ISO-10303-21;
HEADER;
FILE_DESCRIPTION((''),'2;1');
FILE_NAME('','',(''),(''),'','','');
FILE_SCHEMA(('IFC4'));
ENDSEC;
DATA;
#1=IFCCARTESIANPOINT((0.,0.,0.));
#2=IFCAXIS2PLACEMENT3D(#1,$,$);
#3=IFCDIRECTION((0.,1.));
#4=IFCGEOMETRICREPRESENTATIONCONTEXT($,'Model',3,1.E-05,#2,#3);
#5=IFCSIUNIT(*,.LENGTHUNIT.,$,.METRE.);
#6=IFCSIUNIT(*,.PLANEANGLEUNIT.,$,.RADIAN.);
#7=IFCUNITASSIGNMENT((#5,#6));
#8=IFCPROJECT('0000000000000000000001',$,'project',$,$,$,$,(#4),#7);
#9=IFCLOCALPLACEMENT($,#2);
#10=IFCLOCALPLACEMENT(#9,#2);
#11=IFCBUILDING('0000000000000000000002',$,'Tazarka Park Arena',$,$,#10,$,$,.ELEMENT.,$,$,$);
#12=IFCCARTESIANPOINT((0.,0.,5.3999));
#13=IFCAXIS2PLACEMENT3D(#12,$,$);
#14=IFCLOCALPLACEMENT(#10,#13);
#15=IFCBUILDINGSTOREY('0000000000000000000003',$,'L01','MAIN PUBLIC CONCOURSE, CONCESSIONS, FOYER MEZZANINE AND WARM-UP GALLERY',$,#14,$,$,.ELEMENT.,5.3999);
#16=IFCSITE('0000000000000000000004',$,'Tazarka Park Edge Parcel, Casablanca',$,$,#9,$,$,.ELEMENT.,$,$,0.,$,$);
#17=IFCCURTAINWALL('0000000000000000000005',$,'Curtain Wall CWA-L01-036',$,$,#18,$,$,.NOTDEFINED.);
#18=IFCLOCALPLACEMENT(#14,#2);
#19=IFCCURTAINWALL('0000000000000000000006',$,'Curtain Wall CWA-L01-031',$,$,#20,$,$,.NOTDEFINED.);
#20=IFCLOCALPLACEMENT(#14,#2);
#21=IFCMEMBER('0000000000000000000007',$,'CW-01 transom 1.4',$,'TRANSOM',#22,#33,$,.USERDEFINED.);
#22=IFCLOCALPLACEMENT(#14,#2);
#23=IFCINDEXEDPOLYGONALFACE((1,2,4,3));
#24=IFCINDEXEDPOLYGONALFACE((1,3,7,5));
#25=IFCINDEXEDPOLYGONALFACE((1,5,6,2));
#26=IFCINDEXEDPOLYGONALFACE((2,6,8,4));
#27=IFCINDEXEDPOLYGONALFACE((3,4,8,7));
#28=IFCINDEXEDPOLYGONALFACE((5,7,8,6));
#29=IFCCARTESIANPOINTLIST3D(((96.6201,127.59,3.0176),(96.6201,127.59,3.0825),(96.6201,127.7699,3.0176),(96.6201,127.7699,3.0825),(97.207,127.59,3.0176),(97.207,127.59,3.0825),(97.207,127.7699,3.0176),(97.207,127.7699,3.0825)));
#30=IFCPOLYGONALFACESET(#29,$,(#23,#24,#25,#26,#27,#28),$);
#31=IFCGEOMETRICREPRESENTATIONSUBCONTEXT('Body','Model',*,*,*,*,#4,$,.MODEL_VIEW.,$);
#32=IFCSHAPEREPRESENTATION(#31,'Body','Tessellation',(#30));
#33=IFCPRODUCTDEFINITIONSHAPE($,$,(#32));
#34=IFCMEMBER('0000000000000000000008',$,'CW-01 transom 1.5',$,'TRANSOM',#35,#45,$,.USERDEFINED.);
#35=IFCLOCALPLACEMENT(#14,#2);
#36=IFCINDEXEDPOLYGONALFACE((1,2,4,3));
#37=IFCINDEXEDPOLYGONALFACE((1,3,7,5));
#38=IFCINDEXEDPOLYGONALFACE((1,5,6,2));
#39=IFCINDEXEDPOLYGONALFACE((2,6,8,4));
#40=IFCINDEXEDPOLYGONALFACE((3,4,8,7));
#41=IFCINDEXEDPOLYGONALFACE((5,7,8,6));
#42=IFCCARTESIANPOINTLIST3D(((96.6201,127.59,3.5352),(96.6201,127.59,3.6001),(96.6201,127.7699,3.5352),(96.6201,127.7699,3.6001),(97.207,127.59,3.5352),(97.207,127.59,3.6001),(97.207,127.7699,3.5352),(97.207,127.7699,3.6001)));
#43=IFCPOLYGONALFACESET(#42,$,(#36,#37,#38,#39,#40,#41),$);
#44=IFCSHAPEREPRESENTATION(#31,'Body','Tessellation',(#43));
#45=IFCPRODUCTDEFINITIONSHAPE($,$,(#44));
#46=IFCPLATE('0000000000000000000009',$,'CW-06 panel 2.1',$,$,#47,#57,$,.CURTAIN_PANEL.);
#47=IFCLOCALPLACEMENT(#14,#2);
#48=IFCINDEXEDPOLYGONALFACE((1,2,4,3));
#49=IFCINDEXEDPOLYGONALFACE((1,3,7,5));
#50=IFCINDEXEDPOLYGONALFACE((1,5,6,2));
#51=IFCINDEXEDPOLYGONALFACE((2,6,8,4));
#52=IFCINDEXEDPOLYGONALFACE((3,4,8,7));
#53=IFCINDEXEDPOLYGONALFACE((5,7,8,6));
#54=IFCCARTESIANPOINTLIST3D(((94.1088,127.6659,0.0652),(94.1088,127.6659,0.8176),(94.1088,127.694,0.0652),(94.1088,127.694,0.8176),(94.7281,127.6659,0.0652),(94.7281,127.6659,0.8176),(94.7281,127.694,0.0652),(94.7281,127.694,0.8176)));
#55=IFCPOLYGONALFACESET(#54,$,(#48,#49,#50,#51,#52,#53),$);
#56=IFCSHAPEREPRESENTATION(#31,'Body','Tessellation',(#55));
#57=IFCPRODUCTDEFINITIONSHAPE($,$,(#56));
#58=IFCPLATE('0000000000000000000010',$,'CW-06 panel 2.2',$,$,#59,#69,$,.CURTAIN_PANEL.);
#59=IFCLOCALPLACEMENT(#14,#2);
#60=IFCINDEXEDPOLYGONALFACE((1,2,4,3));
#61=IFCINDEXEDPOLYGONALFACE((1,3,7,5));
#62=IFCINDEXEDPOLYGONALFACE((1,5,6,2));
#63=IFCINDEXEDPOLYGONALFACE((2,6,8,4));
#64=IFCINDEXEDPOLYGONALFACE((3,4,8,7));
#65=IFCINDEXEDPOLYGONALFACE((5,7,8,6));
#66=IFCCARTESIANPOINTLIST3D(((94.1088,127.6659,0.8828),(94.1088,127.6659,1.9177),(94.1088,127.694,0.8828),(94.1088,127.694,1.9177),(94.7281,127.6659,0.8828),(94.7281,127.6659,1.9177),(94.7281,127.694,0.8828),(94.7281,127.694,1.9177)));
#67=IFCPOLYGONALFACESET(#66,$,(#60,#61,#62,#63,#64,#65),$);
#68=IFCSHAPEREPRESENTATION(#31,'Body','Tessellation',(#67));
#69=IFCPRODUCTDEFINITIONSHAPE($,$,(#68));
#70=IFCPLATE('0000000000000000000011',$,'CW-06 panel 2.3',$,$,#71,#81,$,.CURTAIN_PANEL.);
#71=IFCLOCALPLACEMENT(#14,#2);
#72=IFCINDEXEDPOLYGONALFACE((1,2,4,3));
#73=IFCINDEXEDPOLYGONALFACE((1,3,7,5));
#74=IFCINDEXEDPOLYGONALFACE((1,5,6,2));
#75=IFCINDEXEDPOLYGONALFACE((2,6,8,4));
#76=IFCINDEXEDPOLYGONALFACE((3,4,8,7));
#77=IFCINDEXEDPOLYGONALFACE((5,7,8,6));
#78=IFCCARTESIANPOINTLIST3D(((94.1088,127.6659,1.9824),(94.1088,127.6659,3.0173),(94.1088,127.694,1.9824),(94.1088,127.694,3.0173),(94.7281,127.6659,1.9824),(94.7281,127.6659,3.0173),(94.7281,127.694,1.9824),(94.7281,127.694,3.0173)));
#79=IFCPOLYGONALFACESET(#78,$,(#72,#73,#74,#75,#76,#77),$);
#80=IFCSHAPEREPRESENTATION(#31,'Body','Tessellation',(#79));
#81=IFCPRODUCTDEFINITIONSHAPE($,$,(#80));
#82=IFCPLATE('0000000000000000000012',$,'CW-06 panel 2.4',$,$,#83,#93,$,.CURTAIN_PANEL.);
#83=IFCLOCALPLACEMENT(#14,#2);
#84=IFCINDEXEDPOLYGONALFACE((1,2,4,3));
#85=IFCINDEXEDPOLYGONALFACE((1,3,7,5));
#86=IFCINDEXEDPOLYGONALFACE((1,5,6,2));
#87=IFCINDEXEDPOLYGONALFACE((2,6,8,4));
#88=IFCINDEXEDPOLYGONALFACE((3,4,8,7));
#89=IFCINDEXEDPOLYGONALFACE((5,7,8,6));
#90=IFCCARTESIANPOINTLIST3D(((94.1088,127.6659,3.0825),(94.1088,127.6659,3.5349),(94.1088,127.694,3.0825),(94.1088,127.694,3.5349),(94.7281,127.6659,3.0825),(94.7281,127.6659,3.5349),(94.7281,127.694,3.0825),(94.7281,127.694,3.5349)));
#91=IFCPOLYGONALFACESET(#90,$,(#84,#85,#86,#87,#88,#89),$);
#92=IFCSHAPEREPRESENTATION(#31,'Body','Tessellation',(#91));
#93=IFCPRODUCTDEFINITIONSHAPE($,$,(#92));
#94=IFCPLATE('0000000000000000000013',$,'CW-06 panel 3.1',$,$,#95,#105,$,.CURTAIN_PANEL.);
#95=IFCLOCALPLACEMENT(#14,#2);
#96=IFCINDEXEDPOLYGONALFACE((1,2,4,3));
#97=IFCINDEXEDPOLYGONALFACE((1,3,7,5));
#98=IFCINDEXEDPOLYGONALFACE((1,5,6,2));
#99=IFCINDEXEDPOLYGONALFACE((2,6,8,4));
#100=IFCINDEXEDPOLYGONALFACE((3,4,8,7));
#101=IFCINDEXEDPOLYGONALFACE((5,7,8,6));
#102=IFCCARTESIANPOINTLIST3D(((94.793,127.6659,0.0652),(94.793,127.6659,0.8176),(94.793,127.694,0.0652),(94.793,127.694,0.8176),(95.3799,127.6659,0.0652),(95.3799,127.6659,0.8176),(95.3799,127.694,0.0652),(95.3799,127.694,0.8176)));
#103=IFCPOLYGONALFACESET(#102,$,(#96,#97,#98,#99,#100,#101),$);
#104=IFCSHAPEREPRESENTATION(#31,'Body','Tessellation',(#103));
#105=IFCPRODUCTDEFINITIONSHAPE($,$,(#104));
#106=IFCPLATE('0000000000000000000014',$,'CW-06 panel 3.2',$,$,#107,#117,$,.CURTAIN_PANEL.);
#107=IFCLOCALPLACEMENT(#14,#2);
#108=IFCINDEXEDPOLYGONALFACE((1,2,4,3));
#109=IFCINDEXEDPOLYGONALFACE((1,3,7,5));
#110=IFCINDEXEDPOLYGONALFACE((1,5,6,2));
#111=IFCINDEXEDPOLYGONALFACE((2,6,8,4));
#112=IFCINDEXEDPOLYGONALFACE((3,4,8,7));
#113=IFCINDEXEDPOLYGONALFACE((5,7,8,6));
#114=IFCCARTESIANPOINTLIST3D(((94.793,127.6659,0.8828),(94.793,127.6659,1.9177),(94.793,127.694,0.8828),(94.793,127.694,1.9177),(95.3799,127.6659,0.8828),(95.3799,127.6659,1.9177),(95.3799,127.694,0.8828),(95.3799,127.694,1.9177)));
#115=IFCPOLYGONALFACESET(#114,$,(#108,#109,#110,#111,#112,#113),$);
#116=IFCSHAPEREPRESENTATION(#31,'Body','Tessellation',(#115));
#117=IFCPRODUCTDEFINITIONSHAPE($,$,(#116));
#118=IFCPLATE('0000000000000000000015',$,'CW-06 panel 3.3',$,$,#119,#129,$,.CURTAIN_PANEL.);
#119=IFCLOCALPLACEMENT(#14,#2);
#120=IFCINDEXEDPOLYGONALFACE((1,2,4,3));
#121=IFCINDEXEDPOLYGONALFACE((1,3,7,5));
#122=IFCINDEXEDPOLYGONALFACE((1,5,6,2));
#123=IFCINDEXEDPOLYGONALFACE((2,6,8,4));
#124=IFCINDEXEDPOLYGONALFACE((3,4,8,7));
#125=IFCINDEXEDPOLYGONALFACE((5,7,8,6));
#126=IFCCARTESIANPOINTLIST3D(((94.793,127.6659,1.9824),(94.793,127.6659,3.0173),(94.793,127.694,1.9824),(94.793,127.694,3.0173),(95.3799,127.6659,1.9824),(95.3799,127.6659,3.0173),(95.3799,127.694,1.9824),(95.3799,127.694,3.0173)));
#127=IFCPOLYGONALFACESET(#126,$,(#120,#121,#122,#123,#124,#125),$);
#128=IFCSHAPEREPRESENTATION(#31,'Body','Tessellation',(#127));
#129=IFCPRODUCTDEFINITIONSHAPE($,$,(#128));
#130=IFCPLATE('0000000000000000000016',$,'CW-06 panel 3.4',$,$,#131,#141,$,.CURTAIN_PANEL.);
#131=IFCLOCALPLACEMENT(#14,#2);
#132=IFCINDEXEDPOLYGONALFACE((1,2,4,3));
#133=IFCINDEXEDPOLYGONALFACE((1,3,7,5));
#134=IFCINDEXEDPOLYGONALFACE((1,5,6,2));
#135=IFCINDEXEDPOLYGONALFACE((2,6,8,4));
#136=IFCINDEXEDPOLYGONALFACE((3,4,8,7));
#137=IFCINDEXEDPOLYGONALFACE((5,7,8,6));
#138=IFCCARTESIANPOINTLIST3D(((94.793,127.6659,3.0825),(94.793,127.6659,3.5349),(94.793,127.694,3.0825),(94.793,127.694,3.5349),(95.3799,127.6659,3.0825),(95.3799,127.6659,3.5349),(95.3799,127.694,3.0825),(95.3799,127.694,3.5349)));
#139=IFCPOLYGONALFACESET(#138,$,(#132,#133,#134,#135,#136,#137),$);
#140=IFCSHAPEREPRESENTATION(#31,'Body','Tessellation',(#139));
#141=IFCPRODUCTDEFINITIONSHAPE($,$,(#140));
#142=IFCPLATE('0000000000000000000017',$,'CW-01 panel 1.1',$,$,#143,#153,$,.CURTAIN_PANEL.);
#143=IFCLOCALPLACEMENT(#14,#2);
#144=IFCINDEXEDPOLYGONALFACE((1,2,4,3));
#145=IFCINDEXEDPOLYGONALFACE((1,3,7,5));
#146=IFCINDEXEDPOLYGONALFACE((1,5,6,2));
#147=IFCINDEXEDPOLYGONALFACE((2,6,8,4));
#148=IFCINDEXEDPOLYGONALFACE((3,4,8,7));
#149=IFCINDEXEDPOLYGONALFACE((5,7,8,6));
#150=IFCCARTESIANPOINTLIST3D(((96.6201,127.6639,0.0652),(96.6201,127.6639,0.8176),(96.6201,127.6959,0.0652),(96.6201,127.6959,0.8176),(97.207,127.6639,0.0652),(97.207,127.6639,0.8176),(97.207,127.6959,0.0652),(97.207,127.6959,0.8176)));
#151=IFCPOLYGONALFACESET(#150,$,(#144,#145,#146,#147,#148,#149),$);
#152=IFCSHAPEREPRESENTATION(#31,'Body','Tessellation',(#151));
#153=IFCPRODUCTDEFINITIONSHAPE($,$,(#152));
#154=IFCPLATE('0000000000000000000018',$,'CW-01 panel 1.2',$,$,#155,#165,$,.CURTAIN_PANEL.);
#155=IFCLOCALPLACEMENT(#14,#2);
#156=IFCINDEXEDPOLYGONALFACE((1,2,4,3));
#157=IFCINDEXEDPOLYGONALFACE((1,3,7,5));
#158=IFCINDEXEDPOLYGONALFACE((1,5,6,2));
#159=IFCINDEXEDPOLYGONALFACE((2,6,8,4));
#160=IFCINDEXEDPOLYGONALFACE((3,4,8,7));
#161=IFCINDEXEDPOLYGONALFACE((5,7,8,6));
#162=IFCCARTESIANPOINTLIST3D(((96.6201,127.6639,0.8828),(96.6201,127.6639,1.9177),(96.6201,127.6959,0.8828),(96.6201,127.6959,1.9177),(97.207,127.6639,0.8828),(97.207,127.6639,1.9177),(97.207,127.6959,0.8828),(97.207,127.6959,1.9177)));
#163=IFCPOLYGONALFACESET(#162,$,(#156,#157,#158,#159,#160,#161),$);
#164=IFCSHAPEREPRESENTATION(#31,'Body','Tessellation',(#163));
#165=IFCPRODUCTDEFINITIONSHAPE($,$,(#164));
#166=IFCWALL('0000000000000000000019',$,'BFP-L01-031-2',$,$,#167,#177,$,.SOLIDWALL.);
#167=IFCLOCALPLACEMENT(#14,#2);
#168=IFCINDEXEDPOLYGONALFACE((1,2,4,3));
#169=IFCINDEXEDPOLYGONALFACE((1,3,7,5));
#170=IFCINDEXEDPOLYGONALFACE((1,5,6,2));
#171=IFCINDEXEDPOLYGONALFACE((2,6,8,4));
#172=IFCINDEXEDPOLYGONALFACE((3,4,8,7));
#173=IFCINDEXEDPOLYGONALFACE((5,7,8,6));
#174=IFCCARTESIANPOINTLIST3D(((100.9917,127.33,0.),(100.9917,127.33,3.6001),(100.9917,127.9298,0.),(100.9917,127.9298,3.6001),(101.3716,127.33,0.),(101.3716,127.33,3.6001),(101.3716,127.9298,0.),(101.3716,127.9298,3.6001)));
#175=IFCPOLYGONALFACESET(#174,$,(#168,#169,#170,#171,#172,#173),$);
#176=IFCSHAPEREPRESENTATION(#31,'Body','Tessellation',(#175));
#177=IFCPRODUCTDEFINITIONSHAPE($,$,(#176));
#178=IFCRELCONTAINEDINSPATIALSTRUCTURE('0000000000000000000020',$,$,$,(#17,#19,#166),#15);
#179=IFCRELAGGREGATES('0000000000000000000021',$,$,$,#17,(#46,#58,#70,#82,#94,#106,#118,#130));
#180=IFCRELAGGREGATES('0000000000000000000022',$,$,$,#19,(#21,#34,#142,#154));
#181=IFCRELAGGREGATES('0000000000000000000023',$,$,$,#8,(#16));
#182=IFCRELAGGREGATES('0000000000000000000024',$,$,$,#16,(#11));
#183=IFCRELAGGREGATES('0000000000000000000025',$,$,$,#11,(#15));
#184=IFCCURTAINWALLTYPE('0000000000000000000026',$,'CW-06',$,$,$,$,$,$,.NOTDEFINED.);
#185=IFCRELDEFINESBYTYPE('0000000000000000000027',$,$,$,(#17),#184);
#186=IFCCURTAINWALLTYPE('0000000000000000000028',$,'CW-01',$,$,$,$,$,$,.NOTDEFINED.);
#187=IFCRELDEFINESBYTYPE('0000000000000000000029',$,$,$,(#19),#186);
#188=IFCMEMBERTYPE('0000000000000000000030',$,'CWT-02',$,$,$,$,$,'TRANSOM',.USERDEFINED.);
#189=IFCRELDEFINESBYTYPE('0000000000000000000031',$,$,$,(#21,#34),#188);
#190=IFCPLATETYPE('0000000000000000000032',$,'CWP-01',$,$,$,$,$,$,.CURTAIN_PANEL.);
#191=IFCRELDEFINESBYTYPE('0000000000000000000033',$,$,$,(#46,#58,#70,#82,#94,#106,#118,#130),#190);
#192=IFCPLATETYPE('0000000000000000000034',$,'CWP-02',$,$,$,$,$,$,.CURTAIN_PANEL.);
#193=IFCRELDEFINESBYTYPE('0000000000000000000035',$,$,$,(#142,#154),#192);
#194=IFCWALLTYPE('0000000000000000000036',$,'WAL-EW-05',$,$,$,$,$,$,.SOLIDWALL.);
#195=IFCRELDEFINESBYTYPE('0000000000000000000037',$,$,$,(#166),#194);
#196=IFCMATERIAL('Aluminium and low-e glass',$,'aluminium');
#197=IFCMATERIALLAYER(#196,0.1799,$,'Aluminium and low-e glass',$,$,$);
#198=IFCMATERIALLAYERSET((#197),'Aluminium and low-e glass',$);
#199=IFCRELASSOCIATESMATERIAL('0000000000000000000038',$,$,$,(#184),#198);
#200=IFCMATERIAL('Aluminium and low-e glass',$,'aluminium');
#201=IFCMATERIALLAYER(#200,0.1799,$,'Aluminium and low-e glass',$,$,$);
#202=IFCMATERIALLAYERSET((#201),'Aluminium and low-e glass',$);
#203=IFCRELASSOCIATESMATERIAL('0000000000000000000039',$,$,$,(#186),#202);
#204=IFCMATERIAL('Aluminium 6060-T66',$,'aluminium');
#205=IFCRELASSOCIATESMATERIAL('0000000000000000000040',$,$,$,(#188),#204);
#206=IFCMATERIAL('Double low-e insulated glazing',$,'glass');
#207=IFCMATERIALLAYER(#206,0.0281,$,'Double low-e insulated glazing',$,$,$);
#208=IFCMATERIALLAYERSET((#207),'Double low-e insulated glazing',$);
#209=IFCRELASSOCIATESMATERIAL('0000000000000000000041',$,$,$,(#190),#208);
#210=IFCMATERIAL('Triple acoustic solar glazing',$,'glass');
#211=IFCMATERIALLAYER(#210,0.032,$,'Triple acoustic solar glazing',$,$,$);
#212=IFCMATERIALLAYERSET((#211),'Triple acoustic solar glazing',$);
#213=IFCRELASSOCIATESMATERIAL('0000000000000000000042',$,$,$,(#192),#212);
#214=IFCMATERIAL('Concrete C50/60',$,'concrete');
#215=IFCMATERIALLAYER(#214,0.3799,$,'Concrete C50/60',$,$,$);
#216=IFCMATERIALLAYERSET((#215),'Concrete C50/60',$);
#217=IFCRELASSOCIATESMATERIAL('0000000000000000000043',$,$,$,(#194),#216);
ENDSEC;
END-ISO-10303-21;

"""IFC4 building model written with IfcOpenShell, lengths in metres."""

from ifc_helpers import new_model, si_unit, direction, frame, frame_2d, origin, origin_2d, place, context, subcontext, project, spatial, rectangle, extrude, material, layer, layer_set, material_profile, profile_set, type_object, element, aggregate, save


model = new_model("IFC4")

# Units and contexts
model_context = context("Model", 3, precision=1e-05, world=origin(), true_north=direction((0.0, 1.0)))
body_context = subcontext(model_context, "Body", "Model", "MODEL_VIEW")
ifc_project = project(units=[si_unit("LENGTHUNIT", "METRE"), si_unit("PLANEANGLEUNIT", "RADIAN")], contexts=[model_context])

# Site, building, storey
site_placement = place(None, origin())
site = spatial("IfcSite", under=ifc_project, at=site_placement, Name="Tazarka Park Edge Parcel, Casablanca", CompositionType="ELEMENT", RefElevation=0.0)
building_placement = place(site_placement, origin())
building = spatial("IfcBuilding", under=site, at=building_placement, Name="Tazarka Park Arena", CompositionType="ELEMENT")
storey_placement = place(building_placement, frame((0.0, 0.0, 5.3999)))
storey = spatial("IfcBuildingStorey", under=building, at=storey_placement, Name="L01", Description="MAIN PUBLIC CONCOURSE, CONCESSIONS, FOYER MEZZANINE AND WARM-UP GALLERY", CompositionType="ELEMENT", Elevation=5.3999)

# Curtain wall
ifc_material_1 = material(Name="Aluminium and low-e glass", Category="aluminium")
ifc_layer_1 = layer(ifc_material_1, 0.1799, Name="Aluminium and low-e glass")
ifc_layer_set_1 = layer_set([ifc_layer_1], Name="Aluminium and low-e glass")
curtain_wall_type_1 = type_object("IfcCurtainWallType", Name="CW-06", PredefinedType="NOTDEFINED", material=ifc_layer_set_1)
curtain_wall_1_placement = place(storey_placement, origin())
curtain_wall_1 = element("IfcCurtainWall", 1, at=curtain_wall_1_placement, inside=storey, type_object=curtain_wall_type_1, Name="Curtain Wall CWA-L01-036", PredefinedType="NOTDEFINED")

# Curtain wall
ifc_material_2 = material(Name="Aluminium and low-e glass", Category="aluminium")
ifc_layer_2 = layer(ifc_material_2, 0.1799, Name="Aluminium and low-e glass")
ifc_layer_set_2 = layer_set([ifc_layer_2], Name="Aluminium and low-e glass")
curtain_wall_type_2 = type_object("IfcCurtainWallType", Name="CW-01", PredefinedType="NOTDEFINED", material=ifc_layer_set_2)
curtain_wall_2_placement = place(storey_placement, origin())
curtain_wall_2 = element("IfcCurtainWall", 2, at=curtain_wall_2_placement, inside=storey, type_object=curtain_wall_type_2, Name="Curtain Wall CWA-L01-031", PredefinedType="NOTDEFINED")

# Members
ifc_material_3 = material(Name="Aluminium 6060-T66", Category="aluminium")
ifc_material_profile_1 = material_profile(ifc_material_3, rectangle(XDim=0.1799, YDim=0.0649, at=origin_2d()), Name="Aluminium 6060-T66")
ifc_profile_set_1 = profile_set([ifc_material_profile_1], Name="Aluminium 6060-T66")
member_type_1 = type_object("IfcMemberType", Name="CWT-02", ElementType="TRANSOM", PredefinedType="USERDEFINED", material=ifc_profile_set_1)
member_1_placement = place(storey_placement, frame((96.6201, 127.6799, 3.05), z_axis=(1.0, 0.0, 0.0), x_axis=(0.0, 1.0, 0.0)))
member_1 = element("IfcMember", 3, at=member_1_placement, type_object=member_type_1, Name="CW-01 transom 1.4", ObjectType="TRANSOM", PredefinedType="USERDEFINED", context=body_context, shape_type="SweptSolid", body=[
    extrude(rectangle(XDim=0.1799, YDim=0.0649, at=origin_2d()), origin(), (0.0, 0.0, 1.0), 0.5869),
])
member_2_placement = place(storey_placement, frame((96.6201, 127.6799, 3.5676), z_axis=(1.0, 0.0, 0.0), x_axis=(0.0, 1.0, 0.0)))
member_2 = element("IfcMember", 4, at=member_2_placement, type_object=member_type_1, Name="CW-01 transom 1.5", ObjectType="TRANSOM", PredefinedType="USERDEFINED", context=body_context, shape_type="SweptSolid", body=[
    extrude(rectangle(XDim=0.1799, YDim=0.0649, at=origin_2d()), origin(), (0.0, 0.0, 1.0), 0.5869),
])

# Plates
ifc_material_4 = material(Name="Double low-e insulated glazing", Category="glass")
ifc_layer_3 = layer(ifc_material_4, 0.0281, Name="Double low-e insulated glazing")
ifc_layer_set_3 = layer_set([ifc_layer_3], Name="Double low-e insulated glazing")
plate_type_1 = type_object("IfcPlateType", Name="CWP-01", PredefinedType="CURTAIN_PANEL", material=ifc_layer_set_3)
plate_1_placement = place(storey_placement, frame((94.4185, 127.6799, 0.0652), z_axis=(0.0, 0.0, 1.0), x_axis=(1.0, 0.0, 0.0)))
plate_1 = element("IfcPlate", 5, at=plate_1_placement, type_object=plate_type_1, Name="CW-06 panel 2.1", PredefinedType="CURTAIN_PANEL", context=body_context, shape_type="SweptSolid", body=[
    extrude(rectangle(XDim=0.6194, YDim=0.0281, at=origin_2d()), origin(), (0.0, 0.0, 1.0), 0.7524),
])
plate_2_placement = place(storey_placement, frame((94.4185, 127.6799, 0.8828), z_axis=(0.0, 0.0, 1.0), x_axis=(1.0, 0.0, 0.0)))
plate_2 = element("IfcPlate", 6, at=plate_2_placement, type_object=plate_type_1, Name="CW-06 panel 2.2", PredefinedType="CURTAIN_PANEL", context=body_context, shape_type="SweptSolid", body=[
    extrude(rectangle(XDim=0.6194, YDim=0.0281, at=origin_2d()), origin(), (0.0, 0.0, 1.0), 1.0349),
])
plate_3_placement = place(storey_placement, frame((94.4185, 127.6799, 1.9824), z_axis=(0.0, 0.0, 1.0), x_axis=(1.0, 0.0, 0.0)))
plate_3 = element("IfcPlate", 7, at=plate_3_placement, type_object=plate_type_1, Name="CW-06 panel 2.3", PredefinedType="CURTAIN_PANEL", context=body_context, shape_type="SweptSolid", body=[
    extrude(rectangle(XDim=0.6194, YDim=0.0281, at=origin_2d()), origin(), (0.0, 0.0, 1.0), 1.0349),
])
plate_4_placement = place(storey_placement, frame((94.4185, 127.6799, 3.0825), z_axis=(0.0, 0.0, 1.0), x_axis=(1.0, 0.0, 0.0)))
plate_4 = element("IfcPlate", 8, at=plate_4_placement, type_object=plate_type_1, Name="CW-06 panel 2.4", PredefinedType="CURTAIN_PANEL", context=body_context, shape_type="SweptSolid", body=[
    extrude(rectangle(XDim=0.6194, YDim=0.0281, at=origin_2d()), origin(), (0.0, 0.0, 1.0), 0.4524),
])
plate_5_placement = place(storey_placement, frame((95.0864, 127.6799, 0.0652), z_axis=(0.0, 0.0, 1.0), x_axis=(1.0, 0.0, 0.0)))
plate_5 = element("IfcPlate", 9, at=plate_5_placement, type_object=plate_type_1, Name="CW-06 panel 3.1", PredefinedType="CURTAIN_PANEL", context=body_context, shape_type="SweptSolid", body=[
    extrude(rectangle(XDim=0.5869, YDim=0.0281, at=origin_2d()), origin(), (0.0, 0.0, 1.0), 0.7524),
])
plate_6_placement = place(storey_placement, frame((95.0864, 127.6799, 0.8828), z_axis=(0.0, 0.0, 1.0), x_axis=(1.0, 0.0, 0.0)))
plate_6 = element("IfcPlate", 10, at=plate_6_placement, type_object=plate_type_1, Name="CW-06 panel 3.2", PredefinedType="CURTAIN_PANEL", context=body_context, shape_type="SweptSolid", body=[
    extrude(rectangle(XDim=0.5869, YDim=0.0281, at=origin_2d()), origin(), (0.0, 0.0, 1.0), 1.0349),
])
plate_7_placement = place(storey_placement, frame((95.0864, 127.6799, 1.9824), z_axis=(0.0, 0.0, 1.0), x_axis=(1.0, 0.0, 0.0)))
plate_7 = element("IfcPlate", 11, at=plate_7_placement, type_object=plate_type_1, Name="CW-06 panel 3.3", PredefinedType="CURTAIN_PANEL", context=body_context, shape_type="SweptSolid", body=[
    extrude(rectangle(XDim=0.5869, YDim=0.0281, at=origin_2d()), origin(), (0.0, 0.0, 1.0), 1.0349),
])
plate_8_placement = place(storey_placement, frame((95.0864, 127.6799, 3.0825), z_axis=(0.0, 0.0, 1.0), x_axis=(1.0, 0.0, 0.0)))
plate_8 = element("IfcPlate", 12, at=plate_8_placement, type_object=plate_type_1, Name="CW-06 panel 3.4", PredefinedType="CURTAIN_PANEL", context=body_context, shape_type="SweptSolid", body=[
    extrude(rectangle(XDim=0.5869, YDim=0.0281, at=origin_2d()), origin(), (0.0, 0.0, 1.0), 0.4524),
])
aggregate(curtain_wall_1, [plate_1, plate_2, plate_3, plate_4, plate_5, plate_6, plate_7, plate_8])
ifc_material_5 = material(Name="Triple acoustic solar glazing", Category="glass")
ifc_layer_4 = layer(ifc_material_5, 0.032, Name="Triple acoustic solar glazing")
ifc_layer_set_4 = layer_set([ifc_layer_4], Name="Triple acoustic solar glazing")
plate_type_2 = type_object("IfcPlateType", Name="CWP-02", PredefinedType="CURTAIN_PANEL", material=ifc_layer_set_4)
plate_9_placement = place(storey_placement, frame((96.9136, 127.6799, 0.0652), z_axis=(0.0, 0.0, 1.0), x_axis=(1.0, 0.0, 0.0)))
plate_9 = element("IfcPlate", 13, at=plate_9_placement, type_object=plate_type_2, Name="CW-01 panel 1.1", PredefinedType="CURTAIN_PANEL", context=body_context, shape_type="SweptSolid", body=[
    extrude(rectangle(XDim=0.5869, YDim=0.032, at=origin_2d()), origin(), (0.0, 0.0, 1.0), 0.7524),
])
plate_10_placement = place(storey_placement, frame((96.9136, 127.6799, 0.8828), z_axis=(0.0, 0.0, 1.0), x_axis=(1.0, 0.0, 0.0)))
plate_10 = element("IfcPlate", 14, at=plate_10_placement, type_object=plate_type_2, Name="CW-01 panel 1.2", PredefinedType="CURTAIN_PANEL", context=body_context, shape_type="SweptSolid", body=[
    extrude(rectangle(XDim=0.5869, YDim=0.032, at=origin_2d()), origin(), (0.0, 0.0, 1.0), 1.0349),
])
aggregate(curtain_wall_2, [member_1, member_2, plate_9, plate_10])

# Wall
ifc_material_6 = material(Name="Concrete C50/60", Category="concrete")
ifc_layer_5 = layer(ifc_material_6, 0.3799, Name="Concrete C50/60")
ifc_layer_set_5 = layer_set([ifc_layer_5], Name="Concrete C50/60")
wall_type = type_object("IfcWallType", Name="WAL-EW-05", PredefinedType="SOLIDWALL", material=ifc_layer_set_5)
wall_placement = place(storey_placement, frame((101.1816, 127.3301, 0.0), z_axis=(0.0, 0.0, 1.0), x_axis=(0.0, 1.0, 0.0)))
element("IfcWall", 15, at=wall_placement, inside=storey, type_object=wall_type, Name="BFP-L01-031-2", PredefinedType="SOLIDWALL", context=body_context, shape_type="SweptSolid", body=[
    extrude(rectangle(XDim=0.5999, YDim=0.3799, at=frame_2d((0.2998, 0.0))), origin(), (0.0, 0.0, 1.0), 3.6001),
])

save(model, "model.ifc")
